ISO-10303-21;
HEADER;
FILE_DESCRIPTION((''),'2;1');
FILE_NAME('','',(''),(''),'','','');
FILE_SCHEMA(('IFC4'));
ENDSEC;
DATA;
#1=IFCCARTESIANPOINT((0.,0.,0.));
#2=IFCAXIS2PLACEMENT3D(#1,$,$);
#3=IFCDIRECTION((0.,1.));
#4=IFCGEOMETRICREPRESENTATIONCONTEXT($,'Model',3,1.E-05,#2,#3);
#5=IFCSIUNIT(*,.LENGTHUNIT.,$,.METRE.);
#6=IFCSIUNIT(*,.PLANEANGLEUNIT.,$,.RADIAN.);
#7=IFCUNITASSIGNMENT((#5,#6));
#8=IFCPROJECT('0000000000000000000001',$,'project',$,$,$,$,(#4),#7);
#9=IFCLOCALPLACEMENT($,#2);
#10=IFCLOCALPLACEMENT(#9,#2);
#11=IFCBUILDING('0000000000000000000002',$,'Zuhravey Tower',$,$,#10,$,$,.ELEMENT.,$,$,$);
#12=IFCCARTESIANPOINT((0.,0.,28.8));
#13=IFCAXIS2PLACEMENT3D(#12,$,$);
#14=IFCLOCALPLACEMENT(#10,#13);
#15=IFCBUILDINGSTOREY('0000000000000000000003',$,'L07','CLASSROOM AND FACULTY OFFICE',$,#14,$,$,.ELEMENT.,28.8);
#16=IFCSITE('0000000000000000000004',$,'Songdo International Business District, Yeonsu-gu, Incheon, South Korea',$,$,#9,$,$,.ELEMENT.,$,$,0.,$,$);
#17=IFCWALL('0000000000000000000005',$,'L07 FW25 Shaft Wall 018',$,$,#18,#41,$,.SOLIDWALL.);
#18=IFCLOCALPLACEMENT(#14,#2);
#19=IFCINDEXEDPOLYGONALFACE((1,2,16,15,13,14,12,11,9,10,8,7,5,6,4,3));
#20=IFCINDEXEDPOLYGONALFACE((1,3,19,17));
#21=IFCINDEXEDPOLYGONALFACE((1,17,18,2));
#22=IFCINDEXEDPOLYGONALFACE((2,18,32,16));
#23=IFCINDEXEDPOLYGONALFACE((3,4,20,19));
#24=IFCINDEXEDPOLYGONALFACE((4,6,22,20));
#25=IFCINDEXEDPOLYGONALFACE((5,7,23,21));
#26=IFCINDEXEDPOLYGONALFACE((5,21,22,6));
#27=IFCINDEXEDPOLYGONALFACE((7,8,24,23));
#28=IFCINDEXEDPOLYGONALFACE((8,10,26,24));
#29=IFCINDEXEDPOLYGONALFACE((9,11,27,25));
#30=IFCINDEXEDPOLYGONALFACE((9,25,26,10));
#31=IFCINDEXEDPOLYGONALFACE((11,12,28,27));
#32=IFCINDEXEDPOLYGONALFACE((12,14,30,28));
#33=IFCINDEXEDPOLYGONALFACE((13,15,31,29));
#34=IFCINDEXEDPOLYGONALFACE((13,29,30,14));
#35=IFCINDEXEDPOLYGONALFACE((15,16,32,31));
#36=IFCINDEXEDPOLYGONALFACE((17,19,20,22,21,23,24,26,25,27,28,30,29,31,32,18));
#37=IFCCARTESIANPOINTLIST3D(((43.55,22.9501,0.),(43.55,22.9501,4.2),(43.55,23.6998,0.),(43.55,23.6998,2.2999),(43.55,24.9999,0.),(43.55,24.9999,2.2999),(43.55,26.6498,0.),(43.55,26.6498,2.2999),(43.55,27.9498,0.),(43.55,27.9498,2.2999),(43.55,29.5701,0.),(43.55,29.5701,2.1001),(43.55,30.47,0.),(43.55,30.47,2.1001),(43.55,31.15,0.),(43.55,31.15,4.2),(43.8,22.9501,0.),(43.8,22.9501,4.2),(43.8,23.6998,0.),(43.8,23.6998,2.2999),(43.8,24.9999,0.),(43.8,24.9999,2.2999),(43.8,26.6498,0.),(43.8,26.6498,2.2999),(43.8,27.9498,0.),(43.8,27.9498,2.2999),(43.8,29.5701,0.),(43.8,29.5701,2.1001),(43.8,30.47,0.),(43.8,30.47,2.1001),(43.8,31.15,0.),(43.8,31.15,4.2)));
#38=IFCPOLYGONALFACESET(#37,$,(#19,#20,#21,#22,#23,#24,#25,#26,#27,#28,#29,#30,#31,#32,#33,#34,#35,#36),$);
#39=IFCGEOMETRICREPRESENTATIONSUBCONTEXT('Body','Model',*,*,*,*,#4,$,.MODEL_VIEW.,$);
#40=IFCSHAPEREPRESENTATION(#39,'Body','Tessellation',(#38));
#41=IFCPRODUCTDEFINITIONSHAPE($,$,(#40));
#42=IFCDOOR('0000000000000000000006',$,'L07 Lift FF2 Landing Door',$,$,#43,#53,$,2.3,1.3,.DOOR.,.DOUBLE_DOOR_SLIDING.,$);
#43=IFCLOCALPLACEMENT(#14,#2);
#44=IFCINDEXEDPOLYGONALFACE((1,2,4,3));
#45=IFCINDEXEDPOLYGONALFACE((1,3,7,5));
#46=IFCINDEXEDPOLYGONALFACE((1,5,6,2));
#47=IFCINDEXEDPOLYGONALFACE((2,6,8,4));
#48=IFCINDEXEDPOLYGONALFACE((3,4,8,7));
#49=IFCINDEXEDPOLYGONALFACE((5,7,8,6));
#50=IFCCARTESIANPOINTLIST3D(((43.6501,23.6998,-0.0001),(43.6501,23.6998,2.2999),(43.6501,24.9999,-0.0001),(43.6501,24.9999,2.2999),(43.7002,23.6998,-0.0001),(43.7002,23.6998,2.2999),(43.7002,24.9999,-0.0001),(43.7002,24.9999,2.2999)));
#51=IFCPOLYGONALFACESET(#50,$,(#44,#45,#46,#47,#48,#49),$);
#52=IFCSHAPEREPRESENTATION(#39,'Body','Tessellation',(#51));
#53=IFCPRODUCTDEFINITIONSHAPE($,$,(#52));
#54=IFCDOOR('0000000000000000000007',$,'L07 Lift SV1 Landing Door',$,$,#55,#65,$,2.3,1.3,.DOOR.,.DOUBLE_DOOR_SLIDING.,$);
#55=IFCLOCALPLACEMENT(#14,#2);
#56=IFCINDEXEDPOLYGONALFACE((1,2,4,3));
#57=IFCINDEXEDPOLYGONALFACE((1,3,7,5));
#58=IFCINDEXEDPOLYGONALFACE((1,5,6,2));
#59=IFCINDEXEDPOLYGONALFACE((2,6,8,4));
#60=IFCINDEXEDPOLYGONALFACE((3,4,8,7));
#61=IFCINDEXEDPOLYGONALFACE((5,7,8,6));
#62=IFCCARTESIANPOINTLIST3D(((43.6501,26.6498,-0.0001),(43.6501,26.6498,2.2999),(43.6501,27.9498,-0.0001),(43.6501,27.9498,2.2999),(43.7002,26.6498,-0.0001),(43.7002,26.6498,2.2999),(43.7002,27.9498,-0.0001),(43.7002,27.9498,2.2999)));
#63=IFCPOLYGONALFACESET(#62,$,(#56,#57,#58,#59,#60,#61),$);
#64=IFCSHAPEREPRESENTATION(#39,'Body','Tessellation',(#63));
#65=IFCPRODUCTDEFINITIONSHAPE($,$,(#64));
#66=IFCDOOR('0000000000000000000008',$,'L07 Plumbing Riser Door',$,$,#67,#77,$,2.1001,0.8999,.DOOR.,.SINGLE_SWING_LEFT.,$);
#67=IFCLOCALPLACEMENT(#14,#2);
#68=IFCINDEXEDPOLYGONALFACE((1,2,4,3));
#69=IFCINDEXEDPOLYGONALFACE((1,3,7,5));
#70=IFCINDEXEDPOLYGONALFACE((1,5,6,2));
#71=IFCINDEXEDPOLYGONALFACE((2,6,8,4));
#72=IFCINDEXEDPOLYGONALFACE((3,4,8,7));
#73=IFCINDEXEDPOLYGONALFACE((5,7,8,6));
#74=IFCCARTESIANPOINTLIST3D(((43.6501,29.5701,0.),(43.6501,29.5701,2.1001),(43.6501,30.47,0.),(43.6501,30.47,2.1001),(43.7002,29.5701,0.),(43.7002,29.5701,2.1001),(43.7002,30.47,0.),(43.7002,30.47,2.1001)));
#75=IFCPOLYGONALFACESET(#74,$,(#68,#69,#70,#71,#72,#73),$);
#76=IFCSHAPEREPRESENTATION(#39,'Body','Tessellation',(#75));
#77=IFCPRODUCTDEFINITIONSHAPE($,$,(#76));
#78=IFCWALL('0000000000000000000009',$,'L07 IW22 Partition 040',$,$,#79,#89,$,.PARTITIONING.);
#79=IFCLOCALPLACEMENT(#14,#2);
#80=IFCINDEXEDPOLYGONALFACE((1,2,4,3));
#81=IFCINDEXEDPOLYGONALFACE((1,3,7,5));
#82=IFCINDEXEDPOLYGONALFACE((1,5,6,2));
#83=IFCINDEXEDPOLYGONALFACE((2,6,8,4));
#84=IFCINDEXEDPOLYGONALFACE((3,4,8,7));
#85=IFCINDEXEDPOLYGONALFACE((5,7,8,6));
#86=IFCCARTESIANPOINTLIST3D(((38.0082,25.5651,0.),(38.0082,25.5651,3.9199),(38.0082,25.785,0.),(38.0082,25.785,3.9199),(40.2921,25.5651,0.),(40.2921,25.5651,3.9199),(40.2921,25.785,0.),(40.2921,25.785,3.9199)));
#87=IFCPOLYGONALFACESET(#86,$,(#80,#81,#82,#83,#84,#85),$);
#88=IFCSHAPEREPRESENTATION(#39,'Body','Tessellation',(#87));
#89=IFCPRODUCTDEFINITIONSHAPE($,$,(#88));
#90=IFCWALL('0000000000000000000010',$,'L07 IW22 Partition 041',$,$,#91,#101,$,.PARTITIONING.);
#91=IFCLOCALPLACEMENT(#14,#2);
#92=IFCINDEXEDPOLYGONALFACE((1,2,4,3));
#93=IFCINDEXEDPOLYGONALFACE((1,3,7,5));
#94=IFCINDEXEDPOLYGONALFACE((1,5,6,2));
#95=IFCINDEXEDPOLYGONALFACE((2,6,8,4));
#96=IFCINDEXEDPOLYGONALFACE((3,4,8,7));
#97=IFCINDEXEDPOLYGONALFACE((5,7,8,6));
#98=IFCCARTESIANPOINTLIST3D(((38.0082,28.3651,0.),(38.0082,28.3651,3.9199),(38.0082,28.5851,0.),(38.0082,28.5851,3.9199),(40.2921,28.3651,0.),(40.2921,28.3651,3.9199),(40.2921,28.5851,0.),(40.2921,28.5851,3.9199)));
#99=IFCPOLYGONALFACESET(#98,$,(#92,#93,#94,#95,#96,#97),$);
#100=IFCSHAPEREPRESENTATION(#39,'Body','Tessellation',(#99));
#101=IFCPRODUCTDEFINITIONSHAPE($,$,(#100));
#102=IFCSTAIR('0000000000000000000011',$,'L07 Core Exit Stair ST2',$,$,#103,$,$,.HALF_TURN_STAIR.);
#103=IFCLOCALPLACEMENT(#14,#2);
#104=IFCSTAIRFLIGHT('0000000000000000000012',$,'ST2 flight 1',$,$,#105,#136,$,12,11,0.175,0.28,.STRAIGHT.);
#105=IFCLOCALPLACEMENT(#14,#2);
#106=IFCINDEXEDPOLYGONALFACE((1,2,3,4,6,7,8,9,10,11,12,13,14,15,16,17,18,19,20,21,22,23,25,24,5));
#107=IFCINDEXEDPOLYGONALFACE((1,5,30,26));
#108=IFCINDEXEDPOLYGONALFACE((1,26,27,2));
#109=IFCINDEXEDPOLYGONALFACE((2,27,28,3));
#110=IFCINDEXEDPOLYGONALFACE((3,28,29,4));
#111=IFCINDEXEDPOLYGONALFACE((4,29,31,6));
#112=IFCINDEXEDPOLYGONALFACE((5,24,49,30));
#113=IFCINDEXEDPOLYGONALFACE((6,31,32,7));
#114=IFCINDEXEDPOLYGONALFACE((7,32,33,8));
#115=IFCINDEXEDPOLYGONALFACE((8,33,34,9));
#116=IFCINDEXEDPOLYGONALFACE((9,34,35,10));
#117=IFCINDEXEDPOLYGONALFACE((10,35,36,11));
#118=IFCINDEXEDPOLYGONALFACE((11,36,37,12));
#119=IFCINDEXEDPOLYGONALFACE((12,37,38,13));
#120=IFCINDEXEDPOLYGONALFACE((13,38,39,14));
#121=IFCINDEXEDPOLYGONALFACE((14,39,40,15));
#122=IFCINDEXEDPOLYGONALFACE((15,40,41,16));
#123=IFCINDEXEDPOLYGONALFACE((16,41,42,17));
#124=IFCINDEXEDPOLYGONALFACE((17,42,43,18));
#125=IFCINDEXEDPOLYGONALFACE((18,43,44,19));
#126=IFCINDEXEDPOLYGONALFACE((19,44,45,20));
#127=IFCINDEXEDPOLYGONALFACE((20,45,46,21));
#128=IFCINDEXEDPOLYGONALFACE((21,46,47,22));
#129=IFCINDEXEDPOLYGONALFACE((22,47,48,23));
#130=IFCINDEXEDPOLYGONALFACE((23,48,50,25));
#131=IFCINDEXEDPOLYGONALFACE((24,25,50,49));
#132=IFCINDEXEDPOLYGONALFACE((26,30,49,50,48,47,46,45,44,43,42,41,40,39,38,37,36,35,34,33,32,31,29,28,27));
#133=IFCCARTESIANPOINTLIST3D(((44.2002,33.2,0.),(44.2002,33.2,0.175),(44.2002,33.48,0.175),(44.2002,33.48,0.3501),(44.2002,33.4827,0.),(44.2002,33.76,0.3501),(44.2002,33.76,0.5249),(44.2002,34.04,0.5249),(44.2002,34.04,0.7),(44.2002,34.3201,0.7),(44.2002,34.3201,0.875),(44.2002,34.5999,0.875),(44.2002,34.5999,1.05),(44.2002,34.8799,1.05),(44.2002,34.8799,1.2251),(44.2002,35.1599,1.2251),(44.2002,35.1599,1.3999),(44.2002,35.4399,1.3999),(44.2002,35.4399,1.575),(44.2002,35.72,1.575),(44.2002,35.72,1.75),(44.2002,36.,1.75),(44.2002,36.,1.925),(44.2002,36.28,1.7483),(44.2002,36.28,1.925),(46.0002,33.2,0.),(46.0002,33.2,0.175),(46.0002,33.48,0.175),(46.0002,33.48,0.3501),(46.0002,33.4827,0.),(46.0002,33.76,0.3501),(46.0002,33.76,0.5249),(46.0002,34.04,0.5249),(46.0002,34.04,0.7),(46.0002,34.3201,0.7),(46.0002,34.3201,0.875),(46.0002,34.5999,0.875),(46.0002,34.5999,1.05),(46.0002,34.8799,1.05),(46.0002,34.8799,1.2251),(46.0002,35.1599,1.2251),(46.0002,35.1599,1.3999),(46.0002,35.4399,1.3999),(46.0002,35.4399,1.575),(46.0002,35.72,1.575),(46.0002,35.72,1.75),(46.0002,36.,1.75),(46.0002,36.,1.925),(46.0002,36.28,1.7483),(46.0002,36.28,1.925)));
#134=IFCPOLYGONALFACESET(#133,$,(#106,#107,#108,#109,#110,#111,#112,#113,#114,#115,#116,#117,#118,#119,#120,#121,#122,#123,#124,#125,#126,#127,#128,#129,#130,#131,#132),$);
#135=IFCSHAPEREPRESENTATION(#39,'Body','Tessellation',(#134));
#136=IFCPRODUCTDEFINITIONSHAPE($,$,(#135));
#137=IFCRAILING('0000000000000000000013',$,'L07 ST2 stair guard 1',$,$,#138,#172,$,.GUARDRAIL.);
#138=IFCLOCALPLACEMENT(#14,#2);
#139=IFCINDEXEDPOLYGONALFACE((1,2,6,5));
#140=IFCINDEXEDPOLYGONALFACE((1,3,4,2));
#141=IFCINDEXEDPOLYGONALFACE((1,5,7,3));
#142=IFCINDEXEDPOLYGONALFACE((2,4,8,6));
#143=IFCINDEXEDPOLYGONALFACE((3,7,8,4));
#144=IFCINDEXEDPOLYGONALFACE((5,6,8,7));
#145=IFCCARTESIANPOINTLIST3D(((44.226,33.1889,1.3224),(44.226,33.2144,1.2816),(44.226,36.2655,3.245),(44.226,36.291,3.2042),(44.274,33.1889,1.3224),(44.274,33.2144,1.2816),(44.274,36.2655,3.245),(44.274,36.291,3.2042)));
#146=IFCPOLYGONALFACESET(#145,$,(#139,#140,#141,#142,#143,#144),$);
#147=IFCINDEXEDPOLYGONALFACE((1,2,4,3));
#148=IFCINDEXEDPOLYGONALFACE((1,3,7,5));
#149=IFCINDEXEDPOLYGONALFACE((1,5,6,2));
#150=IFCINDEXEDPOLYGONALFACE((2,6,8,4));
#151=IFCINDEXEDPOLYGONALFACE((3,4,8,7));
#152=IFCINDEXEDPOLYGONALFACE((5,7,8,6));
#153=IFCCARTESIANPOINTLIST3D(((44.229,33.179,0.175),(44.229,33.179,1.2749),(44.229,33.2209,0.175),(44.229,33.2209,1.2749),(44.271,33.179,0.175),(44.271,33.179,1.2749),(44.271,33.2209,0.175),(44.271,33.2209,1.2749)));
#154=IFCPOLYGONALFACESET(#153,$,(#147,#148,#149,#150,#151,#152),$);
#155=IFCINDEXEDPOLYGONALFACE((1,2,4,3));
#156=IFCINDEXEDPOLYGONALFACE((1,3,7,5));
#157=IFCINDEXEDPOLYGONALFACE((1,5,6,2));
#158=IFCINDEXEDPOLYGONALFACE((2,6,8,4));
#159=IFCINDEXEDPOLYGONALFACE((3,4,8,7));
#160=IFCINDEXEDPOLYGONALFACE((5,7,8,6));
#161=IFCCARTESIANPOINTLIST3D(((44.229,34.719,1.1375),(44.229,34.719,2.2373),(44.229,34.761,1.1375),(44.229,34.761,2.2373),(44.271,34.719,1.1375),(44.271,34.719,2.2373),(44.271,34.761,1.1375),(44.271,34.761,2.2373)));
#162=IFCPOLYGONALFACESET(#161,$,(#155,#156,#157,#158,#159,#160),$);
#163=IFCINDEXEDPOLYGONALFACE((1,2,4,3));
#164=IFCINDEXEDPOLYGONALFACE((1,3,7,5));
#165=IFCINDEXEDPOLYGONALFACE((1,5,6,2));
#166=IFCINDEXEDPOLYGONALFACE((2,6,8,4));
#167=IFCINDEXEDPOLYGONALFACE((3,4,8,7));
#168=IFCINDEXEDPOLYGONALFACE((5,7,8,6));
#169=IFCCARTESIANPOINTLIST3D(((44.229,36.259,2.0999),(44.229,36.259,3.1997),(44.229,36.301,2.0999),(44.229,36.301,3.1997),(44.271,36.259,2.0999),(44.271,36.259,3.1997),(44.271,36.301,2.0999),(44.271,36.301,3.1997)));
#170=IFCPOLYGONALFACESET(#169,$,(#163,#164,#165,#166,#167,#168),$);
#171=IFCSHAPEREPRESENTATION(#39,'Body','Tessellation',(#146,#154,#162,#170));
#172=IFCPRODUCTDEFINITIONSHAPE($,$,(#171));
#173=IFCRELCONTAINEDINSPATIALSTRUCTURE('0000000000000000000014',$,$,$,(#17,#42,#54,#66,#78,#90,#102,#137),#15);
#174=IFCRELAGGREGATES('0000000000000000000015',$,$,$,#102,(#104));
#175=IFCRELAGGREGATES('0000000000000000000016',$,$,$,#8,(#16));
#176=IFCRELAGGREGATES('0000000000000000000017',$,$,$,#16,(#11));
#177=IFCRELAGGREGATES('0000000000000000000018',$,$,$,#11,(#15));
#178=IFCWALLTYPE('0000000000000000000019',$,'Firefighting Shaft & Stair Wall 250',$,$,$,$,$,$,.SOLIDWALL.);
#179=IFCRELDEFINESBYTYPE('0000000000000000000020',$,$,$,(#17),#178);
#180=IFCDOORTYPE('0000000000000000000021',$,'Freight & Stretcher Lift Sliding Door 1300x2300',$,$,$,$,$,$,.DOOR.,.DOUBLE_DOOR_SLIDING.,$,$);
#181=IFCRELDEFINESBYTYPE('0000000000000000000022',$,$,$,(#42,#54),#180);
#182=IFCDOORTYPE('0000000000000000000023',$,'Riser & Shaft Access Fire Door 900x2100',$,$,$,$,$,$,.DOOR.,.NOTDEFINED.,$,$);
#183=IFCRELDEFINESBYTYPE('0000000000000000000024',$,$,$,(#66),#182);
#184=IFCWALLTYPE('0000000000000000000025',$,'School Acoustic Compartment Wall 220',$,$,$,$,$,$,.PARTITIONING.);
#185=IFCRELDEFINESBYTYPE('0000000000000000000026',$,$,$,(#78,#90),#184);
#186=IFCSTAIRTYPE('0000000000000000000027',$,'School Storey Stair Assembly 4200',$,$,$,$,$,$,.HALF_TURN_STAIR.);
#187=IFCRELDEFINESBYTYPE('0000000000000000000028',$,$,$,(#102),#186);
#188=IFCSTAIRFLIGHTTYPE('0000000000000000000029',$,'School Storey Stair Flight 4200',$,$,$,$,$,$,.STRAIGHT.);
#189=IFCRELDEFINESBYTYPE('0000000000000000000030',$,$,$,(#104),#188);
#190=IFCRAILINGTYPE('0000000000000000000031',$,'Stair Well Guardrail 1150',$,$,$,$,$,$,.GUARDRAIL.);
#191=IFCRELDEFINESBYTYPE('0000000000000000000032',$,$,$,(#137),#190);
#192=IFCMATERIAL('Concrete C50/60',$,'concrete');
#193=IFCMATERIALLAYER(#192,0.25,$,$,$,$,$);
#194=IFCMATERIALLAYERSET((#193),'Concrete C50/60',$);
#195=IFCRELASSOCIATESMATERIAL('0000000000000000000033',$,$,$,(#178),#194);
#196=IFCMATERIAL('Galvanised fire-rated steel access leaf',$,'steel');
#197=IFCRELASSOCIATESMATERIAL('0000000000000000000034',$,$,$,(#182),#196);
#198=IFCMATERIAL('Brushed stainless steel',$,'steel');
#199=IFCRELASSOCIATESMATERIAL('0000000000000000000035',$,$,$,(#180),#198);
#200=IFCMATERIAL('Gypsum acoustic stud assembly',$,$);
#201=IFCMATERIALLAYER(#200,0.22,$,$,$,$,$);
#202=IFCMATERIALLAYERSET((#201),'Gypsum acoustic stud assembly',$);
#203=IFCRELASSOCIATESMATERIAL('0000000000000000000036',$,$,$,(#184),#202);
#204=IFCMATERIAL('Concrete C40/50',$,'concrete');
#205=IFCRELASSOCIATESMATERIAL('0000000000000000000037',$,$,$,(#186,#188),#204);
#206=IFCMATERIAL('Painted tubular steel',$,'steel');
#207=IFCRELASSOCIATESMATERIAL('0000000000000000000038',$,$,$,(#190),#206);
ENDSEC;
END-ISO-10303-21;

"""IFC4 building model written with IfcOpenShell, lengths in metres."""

from ifc_helpers import new_model, si_unit, direction, frame, frame_2d, origin, origin_2d, place, context, subcontext, project, spatial, polyline, rectangle, outline, extrude, material, layer, layer_set, type_object, element, fill, aggregate, save


model = new_model("IFC4")

# Units and contexts
model_context = context("Model", 3, precision=1e-05, world=origin(), true_north=direction((0.0, 1.0)))
body_context = subcontext(model_context, "Body", "Model", "MODEL_VIEW")
ifc_project = project(units=[si_unit("LENGTHUNIT", "METRE"), si_unit("PLANEANGLEUNIT", "RADIAN")], contexts=[model_context])

# Site, building, storey
site_placement = place(None, origin())
site = spatial("IfcSite", under=ifc_project, at=site_placement, Name="Songdo International Business District, Yeonsu-gu, Incheon, South Korea", CompositionType="ELEMENT", RefElevation=0.0)
building_placement = place(site_placement, origin())
building = spatial("IfcBuilding", under=site, at=building_placement, Name="Zuhravey Tower", CompositionType="ELEMENT")
storey_placement = place(building_placement, frame((0.0, 0.0, 28.8)))
storey = spatial("IfcBuildingStorey", under=building, at=storey_placement, Name="L07", Description="CLASSROOM AND FACULTY OFFICE", CompositionType="ELEMENT", Elevation=28.8)

# Shared definitions
ifc_material_1 = material(Name="Concrete C50/60", Category="concrete")
ifc_layer_1 = layer(ifc_material_1, 0.25)
ifc_layer_set_1 = layer_set([ifc_layer_1], Name="Concrete C50/60")
wall_type_1 = type_object("IfcWallType", Name="Firefighting Shaft & Stair Wall 250", PredefinedType="SOLIDWALL", material=ifc_layer_set_1)

# Shared definitions
ifc_material_2 = material(Name="Galvanised fire-rated steel access leaf", Category="steel")
door_type_1 = type_object("IfcDoorType", Name="Riser & Shaft Access Fire Door 900x2100", OperationType="NOTDEFINED", PredefinedType="DOOR", material=ifc_material_2)

# Wall, openings, doors
wall_1_placement = place(storey_placement, frame((43.675, 22.95, 0.0), z_axis=(0.0, 0.0, 1.0), x_axis=(0.0, 1.0, 0.0)))
wall_1 = element("IfcWall", 1, at=wall_1_placement, inside=storey, type_object=wall_type_1, Name="L07 FW25 Shaft Wall 018", PredefinedType="SOLIDWALL", context=body_context, shape_type="SweptSolid", body=[
    extrude(rectangle(XDim=8.2, YDim=0.25, at=frame_2d((4.1001, 0.0))), origin(), (0.0, 0.0, 1.0), 4.2),
])
opening_1_placement = place(wall_1_placement, frame((0.75, 0.0, 0.0)))
opening_1 = element("IfcOpeningElement", 2, at=opening_1_placement, cuts=wall_1, PredefinedType="OPENING", context=body_context, shape_type="SweptSolid", body=[
    extrude(rectangle(XDim=1.3, YDim=2.3, at=frame_2d((0.6499, 1.1499))), frame((0.0, 0.137, 0.0), z_axis=(0.0, -1.0, 0.0), x_axis=(1.0, 0.0, 0.0)), (0.0, 0.0, 1.0), 0.2739),
])
opening_2_placement = place(wall_1_placement, frame((3.7, 0.0, 0.0)))
opening_2 = element("IfcOpeningElement", 3, at=opening_2_placement, cuts=wall_1, PredefinedType="OPENING", context=body_context, shape_type="SweptSolid", body=[
    extrude(rectangle(XDim=1.3, YDim=2.3, at=frame_2d((0.6499, 1.1499))), frame((0.0, 0.137, 0.0), z_axis=(0.0, -1.0, 0.0), x_axis=(1.0, 0.0, 0.0)), (0.0, 0.0, 1.0), 0.2739),
])
opening_3_placement = place(wall_1_placement, frame((6.6201, 0.0, 0.0)))
opening_3 = element("IfcOpeningElement", 4, at=opening_3_placement, cuts=wall_1, PredefinedType="OPENING", context=body_context, shape_type="SweptSolid", body=[
    extrude(rectangle(XDim=0.8999, YDim=2.1001, at=frame_2d((0.45, 1.05))), frame((0.0, 0.137, 0.0), z_axis=(0.0, -1.0, 0.0), x_axis=(1.0, 0.0, 0.0)), (0.0, 0.0, 1.0), 0.2739),
])
ifc_material_3 = material(Name="Brushed stainless steel", Category="steel")
door_type_2 = type_object("IfcDoorType", Name="Freight & Stretcher Lift Sliding Door 1300x2300", OperationType="DOUBLE_DOOR_SLIDING", PredefinedType="DOOR", material=ifc_material_3)
door_1_placement = place(opening_1_placement, origin())
door_1 = element("IfcDoor", 5, at=door_1_placement, inside=storey, type_object=door_type_2, Name="L07 Lift FF2 Landing Door", OperationType="DOUBLE_DOOR_SLIDING", OverallHeight=2.3, OverallWidth=1.3, PredefinedType="DOOR", context=body_context, shape_type="SweptSolid", body=[
    extrude(rectangle(XDim=1.3, YDim=2.3, at=frame_2d((0.6499, 1.1499))), frame((0.0, 0.0249, 0.0), z_axis=(0.0, -1.0, 0.0), x_axis=(1.0, 0.0, 0.0)), (0.0, 0.0, 1.0), 0.05),
])
fill(opening_1, door_1)
door_2_placement = place(opening_2_placement, origin())
door_2 = element("IfcDoor", 6, at=door_2_placement, inside=storey, type_object=door_type_2, Name="L07 Lift SV1 Landing Door", OperationType="DOUBLE_DOOR_SLIDING", OverallHeight=2.3, OverallWidth=1.3, PredefinedType="DOOR", context=body_context, shape_type="SweptSolid", body=[
    extrude(rectangle(XDim=1.3, YDim=2.3, at=frame_2d((0.6499, 1.1499))), frame((0.0, 0.0249, 0.0), z_axis=(0.0, -1.0, 0.0), x_axis=(1.0, 0.0, 0.0)), (0.0, 0.0, 1.0), 0.05),
])
fill(opening_2, door_2)
door_3_placement = place(opening_3_placement, origin())
door_3 = element("IfcDoor", 7, at=door_3_placement, inside=storey, type_object=door_type_1, Name="L07 Plumbing Riser Door", OperationType="SINGLE_SWING_LEFT", OverallHeight=2.1001, OverallWidth=0.8999, PredefinedType="DOOR", context=body_context, shape_type="SweptSolid", body=[
    extrude(rectangle(XDim=0.8999, YDim=2.1001, at=frame_2d((0.45, 1.05))), frame((0.0, 0.0249, 0.0), z_axis=(0.0, -1.0, 0.0), x_axis=(1.0, 0.0, 0.0)), (0.0, 0.0, 1.0), 0.05),
])
fill(opening_3, door_3)

# Walls
ifc_material_4 = material(Name="Gypsum acoustic stud assembly")
ifc_layer_2 = layer(ifc_material_4, 0.22)
ifc_layer_set_2 = layer_set([ifc_layer_2], Name="Gypsum acoustic stud assembly")
wall_type_2 = type_object("IfcWallType", Name="School Acoustic Compartment Wall 220", PredefinedType="PARTITIONING", material=ifc_layer_set_2)
for number, where, z_axis, x_axis, name in (
    (8, (38.0081, 25.675, 0.0), (0.0, 0.0, 1.0), (1.0, 0.0, 0.0), "L07 IW22 Partition 040"),
    (9, (38.0081, 28.4751, 0.0), (0.0, 0.0, 1.0), (1.0, 0.0, 0.0), "L07 IW22 Partition 041"),
):
    element("IfcWall", number, at=place(storey_placement, frame(where, z_axis=z_axis, x_axis=x_axis)), inside=storey, type_object=wall_type_2, Name=name, PredefinedType="PARTITIONING", context=body_context, shape_type="SweptSolid", body=[
        extrude(rectangle(XDim=2.2839, YDim=0.22, at=frame_2d((1.1421, 0.0))), origin(), (0.0, 0.0, 1.0), 3.9199),
    ])

# Stair, stair flight
ifc_material_5 = material(Name="Concrete C40/50", Category="concrete")
stair_type = type_object("IfcStairType", Name="School Storey Stair Assembly 4200", PredefinedType="HALF_TURN_STAIR", material=ifc_material_5)
stair_placement = place(storey_placement, origin())
stair = element("IfcStair", 10, at=stair_placement, inside=storey, type_object=stair_type, Name="L07 Core Exit Stair ST2", PredefinedType="HALF_TURN_STAIR")
stair_flight_type = type_object("IfcStairFlightType", Name="School Storey Stair Flight 4200", PredefinedType="STRAIGHT", material=ifc_material_5)
stair_flight_placement = place(storey_placement, frame((45.1001, 33.2, 0.0), z_axis=(0.0, 0.0, 1.0), x_axis=(0.0, 1.0, 0.0)))
stair_flight = element("IfcStairFlight", 11, at=stair_flight_placement, type_object=stair_flight_type, Name="ST2 flight 1", NumberOfRisers=12, NumberOfTreads=11, PredefinedType="STRAIGHT", RiserHeight=0.175, TreadLength=0.28, context=body_context, shape_type="SweptSolid", body=[
    extrude(outline(polyline([(0.0, 0.0), (0.0, 0.175), (0.28, 0.175), (0.28, 0.3501), (0.5601, 0.3501), (0.5601, 0.5249), (0.8401, 0.5249), (0.8401, 0.7), (1.1201, 0.7), (1.1201, 0.875), (1.3999, 0.875), (1.3999, 1.05), (1.6799, 1.05), (1.6799, 1.2251), (1.96, 1.2251), (1.96, 1.3999), (2.24, 1.3999), (2.24, 1.575), (2.52, 1.575), (2.52, 1.75), (2.8, 1.75), (2.8, 1.925), (3.0801, 1.925), (3.0801, 2.1001), (3.0801, 1.7483), (0.2827, 0.0), (0.0, 0.0)])), frame((0.0, 0.8999, 0.0), z_axis=(0.0, -1.0, 0.0), x_axis=(1.0, 0.0, 0.0)), (0.0, 0.0, 1.0), 1.8),
])
aggregate(stair, [stair_flight])

# Railing
ifc_material_6 = material(Name="Painted tubular steel", Category="steel")
railing_type = type_object("IfcRailingType", Name="Stair Well Guardrail 1150", PredefinedType="GUARDRAIL", material=ifc_material_6)
railing_1_placement = place(storey_placement, frame((44.25, 33.2, 0.175)))
element("IfcRailing", 12, at=railing_1_placement, inside=storey, type_object=railing_type, Name="L07 ST2 stair guard 1", PredefinedType="GUARDRAIL", context=body_context, shape_type="SweptSolid", body=[
    extrude(rectangle(XDim=0.0481, YDim=0.0481, at=origin_2d()), frame((0.0, 0.0017, 1.127), z_axis=(0.0, 0.848029, 0.529951), x_axis=(-1.0, 0.0, 0.0)), (0.0, 0.0, 1.0), 3.6279),
    extrude(rectangle(XDim=0.042, YDim=0.042, at=origin_2d()), origin(), (0.0, 0.0, 1.0), 1.0999),
    extrude(rectangle(XDim=0.042, YDim=0.042, at=origin_2d()), frame((0.0, 1.54, 0.9624)), (0.0, 0.0, 1.0), 1.0999),
    extrude(rectangle(XDim=0.042, YDim=0.042, at=origin_2d()), frame((0.0, 3.0801, 1.9248)), (0.0, 0.0, 1.0), 1.0999),
])

save(model, "model.ifc")
